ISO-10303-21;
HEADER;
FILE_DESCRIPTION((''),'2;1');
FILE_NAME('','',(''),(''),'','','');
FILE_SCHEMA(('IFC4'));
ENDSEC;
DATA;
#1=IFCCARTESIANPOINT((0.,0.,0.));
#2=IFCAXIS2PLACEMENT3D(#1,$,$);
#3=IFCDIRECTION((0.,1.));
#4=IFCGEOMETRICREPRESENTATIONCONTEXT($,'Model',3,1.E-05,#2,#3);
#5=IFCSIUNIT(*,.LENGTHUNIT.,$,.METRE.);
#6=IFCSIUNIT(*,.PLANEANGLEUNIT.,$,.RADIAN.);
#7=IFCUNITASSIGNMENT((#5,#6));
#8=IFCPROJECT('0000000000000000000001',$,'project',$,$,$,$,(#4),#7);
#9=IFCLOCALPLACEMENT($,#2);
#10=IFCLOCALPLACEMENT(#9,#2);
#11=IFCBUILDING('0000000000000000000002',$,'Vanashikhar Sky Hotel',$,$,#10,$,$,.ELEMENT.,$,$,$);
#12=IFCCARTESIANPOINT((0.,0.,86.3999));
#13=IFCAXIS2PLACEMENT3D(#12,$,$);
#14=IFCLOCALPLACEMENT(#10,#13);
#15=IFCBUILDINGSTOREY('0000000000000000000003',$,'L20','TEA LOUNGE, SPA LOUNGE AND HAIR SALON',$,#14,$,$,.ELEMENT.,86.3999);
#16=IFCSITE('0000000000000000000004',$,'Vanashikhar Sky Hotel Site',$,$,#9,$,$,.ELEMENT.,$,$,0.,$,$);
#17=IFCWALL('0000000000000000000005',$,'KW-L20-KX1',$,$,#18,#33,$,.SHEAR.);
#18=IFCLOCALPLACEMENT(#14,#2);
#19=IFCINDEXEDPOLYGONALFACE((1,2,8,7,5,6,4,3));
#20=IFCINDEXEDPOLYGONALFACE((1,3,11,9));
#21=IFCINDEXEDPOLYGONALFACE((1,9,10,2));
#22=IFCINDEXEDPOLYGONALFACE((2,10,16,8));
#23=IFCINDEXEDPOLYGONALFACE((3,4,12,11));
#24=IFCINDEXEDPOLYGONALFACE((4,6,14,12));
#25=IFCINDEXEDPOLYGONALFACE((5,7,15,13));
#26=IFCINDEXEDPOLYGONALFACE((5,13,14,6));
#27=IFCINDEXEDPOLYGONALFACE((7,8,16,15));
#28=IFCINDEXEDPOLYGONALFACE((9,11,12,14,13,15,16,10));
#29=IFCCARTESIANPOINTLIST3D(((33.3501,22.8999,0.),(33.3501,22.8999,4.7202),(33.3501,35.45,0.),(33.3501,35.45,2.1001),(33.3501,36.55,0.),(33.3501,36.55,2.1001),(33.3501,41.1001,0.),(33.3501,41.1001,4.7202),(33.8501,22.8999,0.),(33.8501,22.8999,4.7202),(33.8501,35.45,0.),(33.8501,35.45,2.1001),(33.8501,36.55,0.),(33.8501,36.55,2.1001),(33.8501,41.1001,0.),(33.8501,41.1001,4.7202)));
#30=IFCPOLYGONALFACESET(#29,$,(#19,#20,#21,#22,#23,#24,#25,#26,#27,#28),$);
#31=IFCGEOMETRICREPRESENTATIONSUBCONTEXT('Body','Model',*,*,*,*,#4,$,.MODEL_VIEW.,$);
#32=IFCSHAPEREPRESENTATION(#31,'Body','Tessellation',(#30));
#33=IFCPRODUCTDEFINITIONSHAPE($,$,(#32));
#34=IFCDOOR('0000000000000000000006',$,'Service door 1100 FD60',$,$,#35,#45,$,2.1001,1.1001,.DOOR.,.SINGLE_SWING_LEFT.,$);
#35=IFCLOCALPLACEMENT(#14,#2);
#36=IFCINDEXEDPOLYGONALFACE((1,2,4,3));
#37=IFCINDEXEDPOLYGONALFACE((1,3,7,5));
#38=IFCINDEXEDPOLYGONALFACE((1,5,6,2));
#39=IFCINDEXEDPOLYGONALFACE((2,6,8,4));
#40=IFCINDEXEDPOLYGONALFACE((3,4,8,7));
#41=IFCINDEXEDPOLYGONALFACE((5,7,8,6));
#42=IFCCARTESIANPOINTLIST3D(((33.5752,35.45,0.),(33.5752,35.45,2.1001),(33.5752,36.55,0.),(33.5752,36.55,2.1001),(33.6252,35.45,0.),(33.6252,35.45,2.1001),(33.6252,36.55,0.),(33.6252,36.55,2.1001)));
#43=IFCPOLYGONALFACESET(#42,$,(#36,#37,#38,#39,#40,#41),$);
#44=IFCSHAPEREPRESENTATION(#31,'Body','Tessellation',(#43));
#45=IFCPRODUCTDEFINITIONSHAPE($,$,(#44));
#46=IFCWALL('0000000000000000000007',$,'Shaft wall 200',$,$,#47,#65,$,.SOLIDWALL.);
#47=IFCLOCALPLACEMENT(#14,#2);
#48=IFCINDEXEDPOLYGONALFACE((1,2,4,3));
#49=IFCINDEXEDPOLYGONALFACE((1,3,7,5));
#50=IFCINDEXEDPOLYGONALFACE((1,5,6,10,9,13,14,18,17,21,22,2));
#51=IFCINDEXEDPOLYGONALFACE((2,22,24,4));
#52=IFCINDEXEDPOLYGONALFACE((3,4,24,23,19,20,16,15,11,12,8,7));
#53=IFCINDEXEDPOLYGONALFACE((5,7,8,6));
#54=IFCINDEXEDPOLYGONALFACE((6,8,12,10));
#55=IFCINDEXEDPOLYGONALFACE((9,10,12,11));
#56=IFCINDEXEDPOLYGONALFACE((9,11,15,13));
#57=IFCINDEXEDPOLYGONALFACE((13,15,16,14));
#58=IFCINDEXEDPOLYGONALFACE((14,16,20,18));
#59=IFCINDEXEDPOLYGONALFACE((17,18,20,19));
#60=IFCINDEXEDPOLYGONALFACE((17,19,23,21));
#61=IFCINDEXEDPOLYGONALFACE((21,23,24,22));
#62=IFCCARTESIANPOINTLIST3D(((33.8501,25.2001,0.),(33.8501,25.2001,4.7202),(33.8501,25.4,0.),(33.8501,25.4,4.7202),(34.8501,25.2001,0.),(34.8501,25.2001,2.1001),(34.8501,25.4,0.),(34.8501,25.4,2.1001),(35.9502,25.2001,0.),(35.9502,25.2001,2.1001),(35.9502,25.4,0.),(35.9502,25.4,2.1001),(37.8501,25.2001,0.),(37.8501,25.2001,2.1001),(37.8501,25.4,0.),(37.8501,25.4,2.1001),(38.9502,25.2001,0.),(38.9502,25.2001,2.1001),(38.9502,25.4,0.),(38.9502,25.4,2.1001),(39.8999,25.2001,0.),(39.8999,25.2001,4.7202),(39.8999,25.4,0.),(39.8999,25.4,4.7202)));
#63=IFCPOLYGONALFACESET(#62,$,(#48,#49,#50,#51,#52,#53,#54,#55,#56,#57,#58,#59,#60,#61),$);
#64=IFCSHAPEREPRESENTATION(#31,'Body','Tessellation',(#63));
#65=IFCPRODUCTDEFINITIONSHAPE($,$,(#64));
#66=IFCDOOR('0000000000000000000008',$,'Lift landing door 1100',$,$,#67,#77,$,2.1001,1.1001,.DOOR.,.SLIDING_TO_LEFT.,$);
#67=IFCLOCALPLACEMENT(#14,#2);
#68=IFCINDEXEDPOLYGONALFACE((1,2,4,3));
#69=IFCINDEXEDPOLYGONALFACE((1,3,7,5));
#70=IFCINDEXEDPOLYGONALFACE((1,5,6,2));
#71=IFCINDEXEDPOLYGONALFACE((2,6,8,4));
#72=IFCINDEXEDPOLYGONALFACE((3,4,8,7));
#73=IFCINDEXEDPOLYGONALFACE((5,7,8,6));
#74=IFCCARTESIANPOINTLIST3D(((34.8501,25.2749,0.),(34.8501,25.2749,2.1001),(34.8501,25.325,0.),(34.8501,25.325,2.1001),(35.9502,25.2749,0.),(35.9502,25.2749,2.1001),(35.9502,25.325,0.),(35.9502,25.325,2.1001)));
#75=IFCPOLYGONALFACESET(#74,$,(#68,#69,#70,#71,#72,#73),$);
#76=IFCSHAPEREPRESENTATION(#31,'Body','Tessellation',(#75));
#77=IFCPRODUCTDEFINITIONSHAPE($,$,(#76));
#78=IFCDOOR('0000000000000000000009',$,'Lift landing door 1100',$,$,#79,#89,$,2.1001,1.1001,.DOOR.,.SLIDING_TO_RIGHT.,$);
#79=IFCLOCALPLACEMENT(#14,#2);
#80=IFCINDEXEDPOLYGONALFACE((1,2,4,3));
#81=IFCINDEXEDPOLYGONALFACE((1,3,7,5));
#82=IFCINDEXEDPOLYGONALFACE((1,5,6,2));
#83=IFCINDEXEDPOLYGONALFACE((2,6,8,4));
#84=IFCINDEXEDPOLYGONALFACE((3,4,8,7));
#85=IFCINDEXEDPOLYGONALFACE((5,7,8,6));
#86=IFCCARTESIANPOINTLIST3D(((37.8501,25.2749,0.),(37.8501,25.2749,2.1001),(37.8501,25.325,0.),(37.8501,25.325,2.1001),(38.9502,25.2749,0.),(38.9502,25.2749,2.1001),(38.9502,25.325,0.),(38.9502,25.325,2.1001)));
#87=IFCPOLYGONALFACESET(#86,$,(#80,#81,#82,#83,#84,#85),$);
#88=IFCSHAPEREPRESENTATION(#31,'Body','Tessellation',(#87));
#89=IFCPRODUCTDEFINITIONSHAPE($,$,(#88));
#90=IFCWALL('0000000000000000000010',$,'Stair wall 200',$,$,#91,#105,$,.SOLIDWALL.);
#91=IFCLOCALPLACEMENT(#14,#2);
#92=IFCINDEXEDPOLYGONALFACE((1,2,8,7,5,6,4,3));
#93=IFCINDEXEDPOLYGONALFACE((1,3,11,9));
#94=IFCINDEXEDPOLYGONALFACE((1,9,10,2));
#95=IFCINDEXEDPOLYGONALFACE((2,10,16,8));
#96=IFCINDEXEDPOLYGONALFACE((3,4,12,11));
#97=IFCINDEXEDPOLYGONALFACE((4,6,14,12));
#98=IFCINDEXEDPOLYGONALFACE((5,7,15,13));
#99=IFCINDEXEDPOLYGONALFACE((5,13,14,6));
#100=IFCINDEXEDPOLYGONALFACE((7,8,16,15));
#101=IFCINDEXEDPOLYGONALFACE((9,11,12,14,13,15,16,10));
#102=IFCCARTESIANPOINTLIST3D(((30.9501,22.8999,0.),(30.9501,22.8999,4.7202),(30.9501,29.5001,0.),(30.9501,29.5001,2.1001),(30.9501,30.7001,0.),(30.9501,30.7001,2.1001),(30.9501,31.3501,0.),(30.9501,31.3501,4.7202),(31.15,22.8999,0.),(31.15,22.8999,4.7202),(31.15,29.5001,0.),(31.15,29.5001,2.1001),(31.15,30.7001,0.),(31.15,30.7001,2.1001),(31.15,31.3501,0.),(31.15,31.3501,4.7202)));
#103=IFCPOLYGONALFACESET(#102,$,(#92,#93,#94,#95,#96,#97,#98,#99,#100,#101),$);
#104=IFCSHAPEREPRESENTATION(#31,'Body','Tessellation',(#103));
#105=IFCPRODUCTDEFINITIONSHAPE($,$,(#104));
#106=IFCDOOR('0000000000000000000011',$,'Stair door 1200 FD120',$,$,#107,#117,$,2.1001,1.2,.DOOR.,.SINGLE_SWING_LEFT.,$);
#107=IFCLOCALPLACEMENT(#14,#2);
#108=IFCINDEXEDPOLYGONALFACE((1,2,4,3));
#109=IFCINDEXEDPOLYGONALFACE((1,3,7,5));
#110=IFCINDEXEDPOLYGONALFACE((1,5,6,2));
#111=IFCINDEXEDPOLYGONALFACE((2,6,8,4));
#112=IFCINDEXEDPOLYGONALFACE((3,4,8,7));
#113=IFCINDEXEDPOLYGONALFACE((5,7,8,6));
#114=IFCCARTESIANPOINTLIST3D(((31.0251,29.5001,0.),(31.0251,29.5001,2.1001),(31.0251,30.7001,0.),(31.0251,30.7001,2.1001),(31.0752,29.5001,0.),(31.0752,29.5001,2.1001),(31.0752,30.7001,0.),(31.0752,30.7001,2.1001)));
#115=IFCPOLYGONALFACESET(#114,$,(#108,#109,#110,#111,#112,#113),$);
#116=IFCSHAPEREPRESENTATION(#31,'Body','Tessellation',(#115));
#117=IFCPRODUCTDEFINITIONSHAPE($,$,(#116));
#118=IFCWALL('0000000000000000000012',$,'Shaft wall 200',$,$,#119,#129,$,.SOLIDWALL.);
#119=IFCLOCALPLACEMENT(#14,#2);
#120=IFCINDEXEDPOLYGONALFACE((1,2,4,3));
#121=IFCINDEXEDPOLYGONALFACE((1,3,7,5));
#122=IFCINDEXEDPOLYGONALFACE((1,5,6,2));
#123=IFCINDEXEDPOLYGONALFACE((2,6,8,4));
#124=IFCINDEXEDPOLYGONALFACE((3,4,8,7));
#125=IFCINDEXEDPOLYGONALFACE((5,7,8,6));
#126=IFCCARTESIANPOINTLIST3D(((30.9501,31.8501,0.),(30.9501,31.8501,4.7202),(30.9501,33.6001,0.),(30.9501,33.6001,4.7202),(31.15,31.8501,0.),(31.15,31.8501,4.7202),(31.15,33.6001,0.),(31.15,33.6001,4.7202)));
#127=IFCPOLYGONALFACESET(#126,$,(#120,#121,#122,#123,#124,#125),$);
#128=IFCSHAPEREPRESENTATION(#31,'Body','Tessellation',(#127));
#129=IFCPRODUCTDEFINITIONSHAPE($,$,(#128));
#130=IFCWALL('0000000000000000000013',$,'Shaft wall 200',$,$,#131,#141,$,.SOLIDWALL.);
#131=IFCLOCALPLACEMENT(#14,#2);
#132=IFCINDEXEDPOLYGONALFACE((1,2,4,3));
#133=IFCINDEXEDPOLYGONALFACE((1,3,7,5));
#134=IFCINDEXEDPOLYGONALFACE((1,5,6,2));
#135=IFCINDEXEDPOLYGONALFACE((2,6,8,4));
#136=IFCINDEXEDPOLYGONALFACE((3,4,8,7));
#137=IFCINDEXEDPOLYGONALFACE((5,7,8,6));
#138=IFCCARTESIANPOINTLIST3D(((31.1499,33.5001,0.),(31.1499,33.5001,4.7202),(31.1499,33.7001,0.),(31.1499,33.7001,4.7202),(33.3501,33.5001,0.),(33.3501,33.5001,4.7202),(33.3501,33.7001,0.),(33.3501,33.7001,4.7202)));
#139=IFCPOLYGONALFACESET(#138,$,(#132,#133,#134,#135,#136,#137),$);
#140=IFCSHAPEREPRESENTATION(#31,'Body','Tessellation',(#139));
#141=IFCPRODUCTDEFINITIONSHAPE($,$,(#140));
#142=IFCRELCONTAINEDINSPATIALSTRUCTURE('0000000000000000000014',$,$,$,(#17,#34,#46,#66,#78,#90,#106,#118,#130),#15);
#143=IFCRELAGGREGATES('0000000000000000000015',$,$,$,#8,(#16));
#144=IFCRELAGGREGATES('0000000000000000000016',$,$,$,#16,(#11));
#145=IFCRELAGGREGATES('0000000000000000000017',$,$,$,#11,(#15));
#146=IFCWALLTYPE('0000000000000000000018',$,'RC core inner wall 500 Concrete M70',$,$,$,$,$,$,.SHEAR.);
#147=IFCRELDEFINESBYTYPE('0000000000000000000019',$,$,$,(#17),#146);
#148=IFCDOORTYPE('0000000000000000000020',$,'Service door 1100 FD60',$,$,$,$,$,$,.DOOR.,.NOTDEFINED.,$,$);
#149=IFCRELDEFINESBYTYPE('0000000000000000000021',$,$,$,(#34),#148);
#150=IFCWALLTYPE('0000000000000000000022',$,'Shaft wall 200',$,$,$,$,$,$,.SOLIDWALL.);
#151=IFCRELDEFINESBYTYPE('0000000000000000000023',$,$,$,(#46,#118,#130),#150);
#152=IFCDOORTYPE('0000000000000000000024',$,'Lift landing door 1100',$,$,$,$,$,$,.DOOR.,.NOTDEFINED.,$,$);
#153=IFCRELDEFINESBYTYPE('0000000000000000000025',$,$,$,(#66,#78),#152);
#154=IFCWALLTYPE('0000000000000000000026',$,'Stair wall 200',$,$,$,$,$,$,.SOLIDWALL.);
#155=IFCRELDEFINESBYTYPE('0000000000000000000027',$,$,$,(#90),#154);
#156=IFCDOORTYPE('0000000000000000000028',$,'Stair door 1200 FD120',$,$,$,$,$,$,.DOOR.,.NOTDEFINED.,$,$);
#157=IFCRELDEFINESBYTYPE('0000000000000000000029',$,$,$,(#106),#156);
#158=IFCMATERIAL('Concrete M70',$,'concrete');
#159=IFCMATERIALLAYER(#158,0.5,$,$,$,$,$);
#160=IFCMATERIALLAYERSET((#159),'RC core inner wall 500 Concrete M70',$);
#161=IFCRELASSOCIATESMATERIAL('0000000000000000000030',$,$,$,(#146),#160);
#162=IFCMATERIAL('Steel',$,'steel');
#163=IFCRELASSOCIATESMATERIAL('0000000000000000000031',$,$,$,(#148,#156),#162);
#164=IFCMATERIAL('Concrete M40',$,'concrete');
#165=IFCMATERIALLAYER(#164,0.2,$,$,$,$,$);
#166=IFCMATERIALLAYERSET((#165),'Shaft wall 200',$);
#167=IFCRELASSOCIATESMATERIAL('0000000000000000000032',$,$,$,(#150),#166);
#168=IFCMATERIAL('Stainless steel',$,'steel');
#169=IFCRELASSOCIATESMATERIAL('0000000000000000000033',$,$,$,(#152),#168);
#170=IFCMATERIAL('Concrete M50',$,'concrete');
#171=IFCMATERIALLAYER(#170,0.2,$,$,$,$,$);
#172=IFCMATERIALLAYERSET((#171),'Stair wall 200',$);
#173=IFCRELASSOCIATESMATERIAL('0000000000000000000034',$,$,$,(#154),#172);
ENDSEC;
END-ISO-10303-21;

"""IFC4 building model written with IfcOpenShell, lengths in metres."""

from ifc_helpers import new_model, si_unit, direction, frame, frame_2d, origin, place, context, subcontext, project, spatial, rectangle, extrude, source, transform, mapped, material, layer, layer_set, type_object, element, fill, save


model = new_model("IFC4")

# Units and contexts
model_context = context("Model", 3, precision=1e-05, world=origin(), true_north=direction((0.0, 1.0)))
body_context = subcontext(model_context, "Body", "Model", "MODEL_VIEW")
ifc_project = project(units=[si_unit("LENGTHUNIT", "METRE"), si_unit("PLANEANGLEUNIT", "RADIAN")], contexts=[model_context])

# Site, building, storey
site_placement = place(None, origin())
site = spatial("IfcSite", under=ifc_project, at=site_placement, Name="Vanashikhar Sky Hotel Site", CompositionType="ELEMENT", RefElevation=0.0)
building_placement = place(site_placement, origin())
building = spatial("IfcBuilding", under=site, at=building_placement, Name="Vanashikhar Sky Hotel", CompositionType="ELEMENT")
storey_placement = place(building_placement, frame((0.0, 0.0, 86.3999)))
storey = spatial("IfcBuildingStorey", under=building, at=storey_placement, Name="L20", Description="TEA LOUNGE, SPA LOUNGE AND HAIR SALON", CompositionType="ELEMENT", Elevation=86.3999)

# Wall, opening, door
ifc_material_1 = material(Name="Concrete M70", Category="concrete")
ifc_layer_1 = layer(ifc_material_1, 0.5)
ifc_layer_set_1 = layer_set([ifc_layer_1], Name="RC core inner wall 500 Concrete M70")
wall_type_1 = type_object("IfcWallType", Name="RC core inner wall 500 Concrete M70", PredefinedType="SHEAR", material=ifc_layer_set_1)
shared_shape_1 = source(origin(), body_context, "Body", "SweptSolid", [
    extrude(rectangle(XDim=18.2002, YDim=0.5, at=frame_2d((9.1001, 0.0))), origin(), (0.0, 0.0, 1.0), 4.7202),
])
wall_1_placement = place(storey_placement, frame((33.6001, 22.8999, 0.0), z_axis=(0.0, 0.0, 1.0), x_axis=(0.0, 1.0, 0.0)))
wall_1 = element("IfcWall", 1, at=wall_1_placement, inside=storey, type_object=wall_type_1, Name="KW-L20-KX1", PredefinedType="SHEAR", context=body_context, shape_type="MappedRepresentation", body=[
    mapped(shared_shape_1, transform((0.0, 0.0, 0.0), scale=1.0)),
])
shared_shape_2 = source(origin(), body_context, "Body", "SweptSolid", [
    extrude(rectangle(XDim=1.1001, YDim=2.1001, at=frame_2d((0.55, 1.05))), frame((0.0, 0.26, 0.0), z_axis=(0.0, -1.0, 0.0), x_axis=(1.0, 0.0, 0.0)), (0.0, 0.0, 1.0), 0.52),
])
opening_1_placement = place(wall_1_placement, frame((12.55, 0.0, 0.0)))
opening_1 = element("IfcOpeningElement", 2, at=opening_1_placement, cuts=wall_1, PredefinedType="OPENING", context=body_context, shape_type="MappedRepresentation", body=[
    mapped(shared_shape_2, transform((0.0, 0.0, 0.0), scale=1.0)),
])
ifc_material_2 = material(Name="Steel", Category="steel")
door_type_1 = type_object("IfcDoorType", Name="Service door 1100 FD60", OperationType="NOTDEFINED", PredefinedType="DOOR", material=ifc_material_2)
shared_shape_3 = source(origin(), body_context, "Body", "SweptSolid", [
    extrude(rectangle(XDim=1.1001, YDim=2.1001, at=frame_2d((0.55, 1.05))), frame((0.0, 0.0249, 0.0), z_axis=(0.0, -1.0, 0.0), x_axis=(1.0, 0.0, 0.0)), (0.0, 0.0, 1.0), 0.05),
])
door_1_placement = place(opening_1_placement, origin())
door_1 = element("IfcDoor", 3, at=door_1_placement, inside=storey, type_object=door_type_1, Name="Service door 1100 FD60", OperationType="SINGLE_SWING_LEFT", OverallHeight=2.1001, OverallWidth=1.1001, PredefinedType="DOOR", context=body_context, shape_type="MappedRepresentation", body=[
    mapped(shared_shape_3, transform((0.0, 0.0, 0.0), scale=1.0)),
])
fill(opening_1, door_1)

# Wall, openings, doors
ifc_material_3 = material(Name="Concrete M40", Category="concrete")
ifc_layer_2 = layer(ifc_material_3, 0.2)
ifc_layer_set_2 = layer_set([ifc_layer_2], Name="Shaft wall 200")
wall_type_2 = type_object("IfcWallType", Name="Shaft wall 200", PredefinedType="SOLIDWALL", material=ifc_layer_set_2)
shared_shape_4 = source(origin(), body_context, "Body", "SweptSolid", [
    extrude(rectangle(XDim=6.0498, YDim=0.2, at=frame_2d((3.0249, 0.0))), origin(), (0.0, 0.0, 1.0), 4.7202),
])
wall_2_placement = place(storey_placement, frame((33.8501, 25.3, 0.0), z_axis=(0.0, 0.0, 1.0), x_axis=(1.0, 0.0, 0.0)))
wall_2 = element("IfcWall", 4, at=wall_2_placement, inside=storey, type_object=wall_type_2, Name="Shaft wall 200", PredefinedType="SOLIDWALL", context=body_context, shape_type="MappedRepresentation", body=[
    mapped(shared_shape_4, transform((0.0, 0.0, 0.0), scale=1.0)),
])
shared_shape_5 = source(origin(), body_context, "Body", "SweptSolid", [
    extrude(rectangle(XDim=1.1001, YDim=2.1001, at=frame_2d((0.55, 1.05))), frame((0.0, 0.1099, 0.0), z_axis=(0.0, -1.0, 0.0), x_axis=(1.0, 0.0, 0.0)), (0.0, 0.0, 1.0), 0.22),
])
opening_2_placement = place(wall_2_placement, frame((1.0, 0.0, 0.0)))
opening_2 = element("IfcOpeningElement", 5, at=opening_2_placement, cuts=wall_2, PredefinedType="OPENING", context=body_context, shape_type="MappedRepresentation", body=[
    mapped(shared_shape_5, transform((0.0, 0.0, 0.0), scale=1.0)),
])
opening_3_placement = place(wall_2_placement, frame((4.0, 0.0, 0.0)))
opening_3 = element("IfcOpeningElement", 6, at=opening_3_placement, cuts=wall_2, PredefinedType="OPENING", context=body_context, shape_type="MappedRepresentation", body=[
    mapped(shared_shape_5, transform((0.0, 0.0, 0.0), scale=1.0)),
])
ifc_material_4 = material(Name="Stainless steel", Category="steel")
door_type_2 = type_object("IfcDoorType", Name="Lift landing door 1100", OperationType="NOTDEFINED", PredefinedType="DOOR", material=ifc_material_4)
door_2_placement = place(opening_2_placement, origin())
door_2 = element("IfcDoor", 7, at=door_2_placement, inside=storey, type_object=door_type_2, Name="Lift landing door 1100", OperationType="SLIDING_TO_LEFT", OverallHeight=2.1001, OverallWidth=1.1001, PredefinedType="DOOR", context=body_context, shape_type="MappedRepresentation", body=[
    mapped(shared_shape_3, transform((0.0, 0.0, 0.0), scale=1.0)),
])
fill(opening_2, door_2)
door_3_placement = place(opening_3_placement, origin())
door_3 = element("IfcDoor", 8, at=door_3_placement, inside=storey, type_object=door_type_2, Name="Lift landing door 1100", OperationType="SLIDING_TO_RIGHT", OverallHeight=2.1001, OverallWidth=1.1001, PredefinedType="DOOR", context=body_context, shape_type="MappedRepresentation", body=[
    mapped(shared_shape_3, transform((0.0, 0.0, 0.0), scale=1.0)),
])
fill(opening_3, door_3)

# Wall, opening, door
ifc_material_5 = material(Name="Concrete M50", Category="concrete")
ifc_layer_3 = layer(ifc_material_5, 0.2)
ifc_layer_set_3 = layer_set([ifc_layer_3], Name="Stair wall 200")
wall_type_3 = type_object("IfcWallType", Name="Stair wall 200", PredefinedType="SOLIDWALL", material=ifc_layer_set_3)
shared_shape_6 = source(origin(), body_context, "Body", "SweptSolid", [
    extrude(rectangle(XDim=8.4502, YDim=0.2, at=frame_2d((4.2251, 0.0))), origin(), (0.0, 0.0, 1.0), 4.7202),
])
wall_3_placement = place(storey_placement, frame((31.05, 22.8999, 0.0), z_axis=(0.0, 0.0, 1.0), x_axis=(0.0, 1.0, 0.0)))
wall_3 = element("IfcWall", 9, at=wall_3_placement, inside=storey, type_object=wall_type_3, Name="Stair wall 200", PredefinedType="SOLIDWALL", context=body_context, shape_type="MappedRepresentation", body=[
    mapped(shared_shape_6, transform((0.0, 0.0, 0.0), scale=1.0)),
])
shared_shape_7 = source(origin(), body_context, "Body", "SweptSolid", [
    extrude(rectangle(XDim=1.2, YDim=2.1001, at=frame_2d((0.6001, 1.05))), frame((0.0, 0.1099, 0.0), z_axis=(0.0, -1.0, 0.0), x_axis=(1.0, 0.0, 0.0)), (0.0, 0.0, 1.0), 0.22),
])
opening_4_placement = place(wall_3_placement, frame((6.6001, 0.0, 0.0)))
opening_4 = element("IfcOpeningElement", 10, at=opening_4_placement, cuts=wall_3, PredefinedType="OPENING", context=body_context, shape_type="MappedRepresentation", body=[
    mapped(shared_shape_7, transform((0.0, 0.0, 0.0), scale=1.0)),
])
door_type_3 = type_object("IfcDoorType", Name="Stair door 1200 FD120", OperationType="NOTDEFINED", PredefinedType="DOOR", material=ifc_material_2)
shared_shape_8 = source(origin(), body_context, "Body", "SweptSolid", [
    extrude(rectangle(XDim=1.2, YDim=2.1001, at=frame_2d((0.6001, 1.05))), frame((0.0, 0.0249, 0.0), z_axis=(0.0, -1.0, 0.0), x_axis=(1.0, 0.0, 0.0)), (0.0, 0.0, 1.0), 0.05),
])
door_4_placement = place(opening_4_placement, origin())
door_4 = element("IfcDoor", 11, at=door_4_placement, inside=storey, type_object=door_type_3, Name="Stair door 1200 FD120", OperationType="SINGLE_SWING_LEFT", OverallHeight=2.1001, OverallWidth=1.2, PredefinedType="DOOR", context=body_context, shape_type="MappedRepresentation", body=[
    mapped(shared_shape_8, transform((0.0, 0.0, 0.0), scale=1.0)),
])
fill(opening_4, door_4)

# Walls
shared_shape_9 = source(origin(), body_context, "Body", "SweptSolid", [
    extrude(rectangle(XDim=1.75, YDim=0.2, at=frame_2d((0.875, 0.0))), origin(), (0.0, 0.0, 1.0), 4.7202),
])
wall_4_placement = place(storey_placement, frame((31.05, 31.8501, 0.0), z_axis=(0.0, 0.0, 1.0), x_axis=(0.0, 1.0, 0.0)))
element("IfcWall", 12, at=wall_4_placement, inside=storey, type_object=wall_type_2, Name="Shaft wall 200", PredefinedType="SOLIDWALL", context=body_context, shape_type="MappedRepresentation", body=[
    mapped(shared_shape_9, transform((0.0, 0.0, 0.0), scale=1.0)),
])
shared_shape_10 = source(origin(), body_context, "Body", "SweptSolid", [
    extrude(rectangle(XDim=2.2002, YDim=0.2, at=frame_2d((1.1001, 0.0))), origin(), (0.0, 0.0, 1.0), 4.7202),
])
wall_5_placement = place(storey_placement, frame((31.1499, 33.6001, 0.0), z_axis=(0.0, 0.0, 1.0), x_axis=(1.0, 0.0, 0.0)))
element("IfcWall", 13, at=wall_5_placement, inside=storey, type_object=wall_type_2, Name="Shaft wall 200", PredefinedType="SOLIDWALL", context=body_context, shape_type="MappedRepresentation", body=[
    mapped(shared_shape_10, transform((0.0, 0.0, 0.0), scale=1.0)),
])

save(model, "model.ifc")
